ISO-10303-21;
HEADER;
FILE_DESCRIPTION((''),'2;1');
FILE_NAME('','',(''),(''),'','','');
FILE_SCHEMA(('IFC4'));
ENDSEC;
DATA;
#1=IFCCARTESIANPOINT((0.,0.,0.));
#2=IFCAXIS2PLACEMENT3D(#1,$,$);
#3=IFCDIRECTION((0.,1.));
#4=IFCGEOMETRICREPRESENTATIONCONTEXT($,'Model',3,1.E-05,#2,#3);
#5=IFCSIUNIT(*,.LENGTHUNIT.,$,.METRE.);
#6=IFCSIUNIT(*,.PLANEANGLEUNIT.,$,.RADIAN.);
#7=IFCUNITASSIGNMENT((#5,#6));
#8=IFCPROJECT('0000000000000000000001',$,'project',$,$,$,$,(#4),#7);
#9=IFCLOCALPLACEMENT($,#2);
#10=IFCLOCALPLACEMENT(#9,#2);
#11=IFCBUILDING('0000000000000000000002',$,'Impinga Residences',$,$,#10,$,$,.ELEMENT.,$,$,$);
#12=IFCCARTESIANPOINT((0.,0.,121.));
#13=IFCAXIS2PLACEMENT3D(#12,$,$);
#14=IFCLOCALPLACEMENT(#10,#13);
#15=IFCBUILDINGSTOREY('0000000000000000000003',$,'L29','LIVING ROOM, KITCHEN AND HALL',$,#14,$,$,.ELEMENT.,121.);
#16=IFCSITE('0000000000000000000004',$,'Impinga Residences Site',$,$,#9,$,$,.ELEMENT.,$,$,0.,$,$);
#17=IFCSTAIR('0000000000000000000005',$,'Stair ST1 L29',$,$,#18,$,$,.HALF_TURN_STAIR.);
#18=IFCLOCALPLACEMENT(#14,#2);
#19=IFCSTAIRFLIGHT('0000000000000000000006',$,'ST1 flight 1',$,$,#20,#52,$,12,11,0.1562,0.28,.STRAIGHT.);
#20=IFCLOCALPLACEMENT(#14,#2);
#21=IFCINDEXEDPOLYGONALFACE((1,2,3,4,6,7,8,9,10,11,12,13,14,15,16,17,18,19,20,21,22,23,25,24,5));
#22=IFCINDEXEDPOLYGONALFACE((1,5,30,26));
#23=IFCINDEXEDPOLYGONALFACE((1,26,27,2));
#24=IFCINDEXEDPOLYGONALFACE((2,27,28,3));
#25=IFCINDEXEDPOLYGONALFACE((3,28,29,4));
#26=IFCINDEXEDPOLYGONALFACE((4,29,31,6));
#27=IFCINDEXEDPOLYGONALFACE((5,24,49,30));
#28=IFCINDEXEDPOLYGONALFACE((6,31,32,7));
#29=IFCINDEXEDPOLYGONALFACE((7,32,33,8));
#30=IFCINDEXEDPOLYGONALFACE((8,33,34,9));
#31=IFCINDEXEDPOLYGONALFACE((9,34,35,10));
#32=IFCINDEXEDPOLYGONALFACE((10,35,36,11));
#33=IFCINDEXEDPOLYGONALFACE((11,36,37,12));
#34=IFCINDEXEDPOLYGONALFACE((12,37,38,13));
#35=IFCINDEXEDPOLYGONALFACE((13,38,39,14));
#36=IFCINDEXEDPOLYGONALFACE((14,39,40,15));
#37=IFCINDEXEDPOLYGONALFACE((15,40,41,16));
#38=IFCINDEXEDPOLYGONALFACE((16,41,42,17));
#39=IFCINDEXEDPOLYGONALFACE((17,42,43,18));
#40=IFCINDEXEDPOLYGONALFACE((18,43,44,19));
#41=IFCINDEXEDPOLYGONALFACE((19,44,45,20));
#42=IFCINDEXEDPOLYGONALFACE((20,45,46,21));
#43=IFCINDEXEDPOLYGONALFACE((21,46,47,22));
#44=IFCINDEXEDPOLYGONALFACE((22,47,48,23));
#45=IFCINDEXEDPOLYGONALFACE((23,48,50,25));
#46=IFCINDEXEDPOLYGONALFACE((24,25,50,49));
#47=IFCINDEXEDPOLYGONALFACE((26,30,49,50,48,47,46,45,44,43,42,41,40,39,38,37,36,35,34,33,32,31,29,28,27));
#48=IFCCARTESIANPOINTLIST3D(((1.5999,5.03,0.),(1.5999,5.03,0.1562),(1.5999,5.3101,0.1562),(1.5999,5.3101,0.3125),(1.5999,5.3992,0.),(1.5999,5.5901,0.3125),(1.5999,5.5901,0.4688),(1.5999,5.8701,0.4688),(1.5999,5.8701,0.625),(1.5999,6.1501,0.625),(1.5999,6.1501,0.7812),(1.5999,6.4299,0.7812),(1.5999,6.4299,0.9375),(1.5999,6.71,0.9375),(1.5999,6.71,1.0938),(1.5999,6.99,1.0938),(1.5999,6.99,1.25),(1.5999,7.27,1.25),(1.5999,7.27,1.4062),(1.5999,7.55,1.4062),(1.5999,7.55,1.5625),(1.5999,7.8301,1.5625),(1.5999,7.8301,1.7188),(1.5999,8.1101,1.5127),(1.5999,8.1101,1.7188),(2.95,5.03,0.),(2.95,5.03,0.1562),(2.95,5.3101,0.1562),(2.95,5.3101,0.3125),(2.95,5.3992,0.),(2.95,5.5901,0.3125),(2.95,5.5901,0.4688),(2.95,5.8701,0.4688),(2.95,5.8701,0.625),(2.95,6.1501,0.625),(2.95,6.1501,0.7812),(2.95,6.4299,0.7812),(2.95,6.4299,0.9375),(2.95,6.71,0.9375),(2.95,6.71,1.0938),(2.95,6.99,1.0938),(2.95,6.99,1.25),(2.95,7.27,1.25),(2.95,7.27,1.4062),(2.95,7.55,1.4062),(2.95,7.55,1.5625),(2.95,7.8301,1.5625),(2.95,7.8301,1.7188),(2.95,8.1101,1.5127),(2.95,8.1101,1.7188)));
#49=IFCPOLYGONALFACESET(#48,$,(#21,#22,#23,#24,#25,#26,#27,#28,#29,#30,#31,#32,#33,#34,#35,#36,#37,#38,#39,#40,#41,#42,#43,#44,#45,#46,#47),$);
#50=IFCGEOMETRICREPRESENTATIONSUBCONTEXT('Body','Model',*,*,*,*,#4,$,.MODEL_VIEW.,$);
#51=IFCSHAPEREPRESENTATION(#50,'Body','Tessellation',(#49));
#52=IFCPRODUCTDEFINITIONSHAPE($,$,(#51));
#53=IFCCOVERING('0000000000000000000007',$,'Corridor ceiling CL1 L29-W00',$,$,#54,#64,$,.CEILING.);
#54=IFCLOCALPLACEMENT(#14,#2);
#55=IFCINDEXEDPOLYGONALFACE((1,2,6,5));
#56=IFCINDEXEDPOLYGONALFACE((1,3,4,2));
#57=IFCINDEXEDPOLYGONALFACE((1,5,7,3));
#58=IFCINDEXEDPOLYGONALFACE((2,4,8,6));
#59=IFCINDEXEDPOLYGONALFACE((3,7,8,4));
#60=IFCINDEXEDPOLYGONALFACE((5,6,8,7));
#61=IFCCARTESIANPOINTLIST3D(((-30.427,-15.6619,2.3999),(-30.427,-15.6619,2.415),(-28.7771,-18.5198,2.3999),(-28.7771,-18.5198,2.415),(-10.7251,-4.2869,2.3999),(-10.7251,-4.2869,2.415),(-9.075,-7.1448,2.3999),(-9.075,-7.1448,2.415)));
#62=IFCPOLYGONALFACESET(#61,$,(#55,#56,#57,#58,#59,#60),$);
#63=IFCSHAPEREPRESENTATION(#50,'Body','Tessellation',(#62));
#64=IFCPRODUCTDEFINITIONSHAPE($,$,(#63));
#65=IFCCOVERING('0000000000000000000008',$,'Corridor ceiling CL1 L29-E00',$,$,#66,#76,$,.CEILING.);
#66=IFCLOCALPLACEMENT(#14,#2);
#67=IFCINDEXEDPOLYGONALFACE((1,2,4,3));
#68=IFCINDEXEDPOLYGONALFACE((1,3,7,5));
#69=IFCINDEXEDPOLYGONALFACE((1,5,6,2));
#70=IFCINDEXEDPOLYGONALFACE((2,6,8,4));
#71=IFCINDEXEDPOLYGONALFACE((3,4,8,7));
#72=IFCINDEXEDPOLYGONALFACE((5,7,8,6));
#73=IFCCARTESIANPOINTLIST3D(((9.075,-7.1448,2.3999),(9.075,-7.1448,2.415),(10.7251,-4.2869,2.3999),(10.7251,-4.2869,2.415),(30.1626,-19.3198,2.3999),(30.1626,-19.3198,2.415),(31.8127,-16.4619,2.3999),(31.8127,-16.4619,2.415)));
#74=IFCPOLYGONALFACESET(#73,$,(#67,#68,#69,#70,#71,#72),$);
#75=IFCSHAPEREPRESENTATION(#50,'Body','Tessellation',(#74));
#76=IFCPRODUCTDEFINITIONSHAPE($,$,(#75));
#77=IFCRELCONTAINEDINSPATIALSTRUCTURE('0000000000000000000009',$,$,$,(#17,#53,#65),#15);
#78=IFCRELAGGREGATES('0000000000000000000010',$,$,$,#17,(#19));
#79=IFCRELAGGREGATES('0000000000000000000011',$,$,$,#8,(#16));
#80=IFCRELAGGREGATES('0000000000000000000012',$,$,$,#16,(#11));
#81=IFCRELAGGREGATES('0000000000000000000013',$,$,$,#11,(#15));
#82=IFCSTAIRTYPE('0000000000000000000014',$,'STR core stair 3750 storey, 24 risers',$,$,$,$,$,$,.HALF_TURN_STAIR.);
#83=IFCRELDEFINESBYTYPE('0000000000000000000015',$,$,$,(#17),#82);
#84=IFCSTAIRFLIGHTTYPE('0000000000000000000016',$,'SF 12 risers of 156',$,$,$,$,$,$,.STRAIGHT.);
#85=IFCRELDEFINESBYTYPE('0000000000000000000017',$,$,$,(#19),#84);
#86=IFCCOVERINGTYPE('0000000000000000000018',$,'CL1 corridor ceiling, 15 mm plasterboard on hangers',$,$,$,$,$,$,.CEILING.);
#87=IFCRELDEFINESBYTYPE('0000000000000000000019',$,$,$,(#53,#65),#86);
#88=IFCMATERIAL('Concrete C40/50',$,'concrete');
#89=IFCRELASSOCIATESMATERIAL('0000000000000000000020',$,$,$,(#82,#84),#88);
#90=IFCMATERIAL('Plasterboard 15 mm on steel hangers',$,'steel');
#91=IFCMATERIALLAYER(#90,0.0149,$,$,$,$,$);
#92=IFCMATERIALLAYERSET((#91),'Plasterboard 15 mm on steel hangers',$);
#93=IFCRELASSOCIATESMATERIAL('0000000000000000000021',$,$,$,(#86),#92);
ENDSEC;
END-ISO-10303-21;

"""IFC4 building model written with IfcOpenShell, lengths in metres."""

from ifc_helpers import new_model, si_unit, direction, frame, origin, place, context, subcontext, project, spatial, polyline, outline, extrude, material, layer, layer_set, type_object, element, aggregate, save


model = new_model("IFC4")

# Units and contexts
model_context = context("Model", 3, precision=1e-05, world=origin(), true_north=direction((0.0, 1.0)))
body_context = subcontext(model_context, "Body", "Model", "MODEL_VIEW")
ifc_project = project(units=[si_unit("LENGTHUNIT", "METRE"), si_unit("PLANEANGLEUNIT", "RADIAN")], contexts=[model_context])

# Site, building, storey
site_placement = place(None, origin())
site = spatial("IfcSite", under=ifc_project, at=site_placement, Name="Impinga Residences Site", CompositionType="ELEMENT", RefElevation=0.0)
building_placement = place(site_placement, origin())
building = spatial("IfcBuilding", under=site, at=building_placement, Name="Impinga Residences", CompositionType="ELEMENT")
storey_placement = place(building_placement, frame((0.0, 0.0, 121.0)))
storey = spatial("IfcBuildingStorey", under=building, at=storey_placement, Name="L29", Description="LIVING ROOM, KITCHEN AND HALL", CompositionType="ELEMENT", Elevation=121.0)

# Stair, stair flight
ifc_material_1 = material(Name="Concrete C40/50", Category="concrete")
stair_type = type_object("IfcStairType", Name="STR core stair 3750 storey, 24 risers", PredefinedType="HALF_TURN_STAIR", material=ifc_material_1)
stair_placement = place(storey_placement, origin())
stair = element("IfcStair", 1, at=stair_placement, inside=storey, type_object=stair_type, Name="Stair ST1 L29", PredefinedType="HALF_TURN_STAIR")
stair_flight_type = type_object("IfcStairFlightType", Name="SF 12 risers of 156", PredefinedType="STRAIGHT", material=ifc_material_1)
stair_flight_placement = place(storey_placement, frame((2.2749, 5.03, 0.0), z_axis=(0.0, 0.0, 1.0), x_axis=(0.0, 1.0, 0.0)))
stair_flight = element("IfcStairFlight", 2, at=stair_flight_placement, type_object=stair_flight_type, Name="ST1 flight 1", NumberOfRisers=12, NumberOfTreads=11, PredefinedType="STRAIGHT", RiserHeight=0.1562, TreadLength=0.28, context=body_context, shape_type="SweptSolid", body=[
    extrude(outline(polyline([(0.0, 0.0), (0.0, 0.1562), (0.28, 0.1562), (0.28, 0.3125), (0.5601, 0.3125), (0.5601, 0.4688), (0.8401, 0.4688), (0.8401, 0.625), (1.1201, 0.625), (1.1201, 0.7812), (1.3999, 0.7812), (1.3999, 0.9375), (1.6799, 0.9375), (1.6799, 1.0938), (1.96, 1.0938), (1.96, 1.25), (2.24, 1.25), (2.24, 1.4062), (2.52, 1.4062), (2.52, 1.5625), (2.8, 1.5625), (2.8, 1.7188), (3.0801, 1.7188), (3.0801, 1.875), (3.0801, 1.5127), (0.3691, 0.0), (0.0, 0.0)])), frame((0.0, 0.675, 0.0), z_axis=(0.0, -1.0, 0.0), x_axis=(1.0, 0.0, 0.0)), (0.0, 0.0, 1.0), 1.3501),
])
aggregate(stair, [stair_flight])

# Coverings
ifc_material_2 = material(Name="Plasterboard 15 mm on steel hangers", Category="steel")
ifc_layer_1 = layer(ifc_material_2, 0.0149)
ifc_layer_set_1 = layer_set([ifc_layer_1], Name="Plasterboard 15 mm on steel hangers")
covering_type = type_object("IfcCoveringType", Name="CL1 corridor ceiling, 15 mm plasterboard on hangers", PredefinedType="CEILING", material=ifc_layer_set_1)
covering_1_placement = place(storey_placement, frame((0.0, 0.0, 2.3999)))
element("IfcCovering", 3, at=covering_1_placement, inside=storey, type_object=covering_type, Name="Corridor ceiling CL1 L29-W00", PredefinedType="CEILING", context=body_context, shape_type="SweptSolid", body=[
    extrude(outline(polyline([(-9.075, -7.1448), (-10.7251, -4.2869), (-30.427, -15.6619), (-28.7771, -18.5198), (-9.075, -7.1448)])), origin(), (0.0, 0.0, 1.0), 0.0151),
])
covering_2_placement = place(storey_placement, frame((0.0, 0.0, 2.3999)))
element("IfcCovering", 4, at=covering_2_placement, inside=storey, type_object=covering_type, Name="Corridor ceiling CL1 L29-E00", PredefinedType="CEILING", context=body_context, shape_type="SweptSolid", body=[
    extrude(outline(polyline([(10.7251, -4.2869), (9.075, -7.1448), (30.1626, -19.3198), (31.8127, -16.4619), (10.7251, -4.2869)])), origin(), (0.0, 0.0, 1.0), 0.0151),
])

save(model, "model.ifc")
